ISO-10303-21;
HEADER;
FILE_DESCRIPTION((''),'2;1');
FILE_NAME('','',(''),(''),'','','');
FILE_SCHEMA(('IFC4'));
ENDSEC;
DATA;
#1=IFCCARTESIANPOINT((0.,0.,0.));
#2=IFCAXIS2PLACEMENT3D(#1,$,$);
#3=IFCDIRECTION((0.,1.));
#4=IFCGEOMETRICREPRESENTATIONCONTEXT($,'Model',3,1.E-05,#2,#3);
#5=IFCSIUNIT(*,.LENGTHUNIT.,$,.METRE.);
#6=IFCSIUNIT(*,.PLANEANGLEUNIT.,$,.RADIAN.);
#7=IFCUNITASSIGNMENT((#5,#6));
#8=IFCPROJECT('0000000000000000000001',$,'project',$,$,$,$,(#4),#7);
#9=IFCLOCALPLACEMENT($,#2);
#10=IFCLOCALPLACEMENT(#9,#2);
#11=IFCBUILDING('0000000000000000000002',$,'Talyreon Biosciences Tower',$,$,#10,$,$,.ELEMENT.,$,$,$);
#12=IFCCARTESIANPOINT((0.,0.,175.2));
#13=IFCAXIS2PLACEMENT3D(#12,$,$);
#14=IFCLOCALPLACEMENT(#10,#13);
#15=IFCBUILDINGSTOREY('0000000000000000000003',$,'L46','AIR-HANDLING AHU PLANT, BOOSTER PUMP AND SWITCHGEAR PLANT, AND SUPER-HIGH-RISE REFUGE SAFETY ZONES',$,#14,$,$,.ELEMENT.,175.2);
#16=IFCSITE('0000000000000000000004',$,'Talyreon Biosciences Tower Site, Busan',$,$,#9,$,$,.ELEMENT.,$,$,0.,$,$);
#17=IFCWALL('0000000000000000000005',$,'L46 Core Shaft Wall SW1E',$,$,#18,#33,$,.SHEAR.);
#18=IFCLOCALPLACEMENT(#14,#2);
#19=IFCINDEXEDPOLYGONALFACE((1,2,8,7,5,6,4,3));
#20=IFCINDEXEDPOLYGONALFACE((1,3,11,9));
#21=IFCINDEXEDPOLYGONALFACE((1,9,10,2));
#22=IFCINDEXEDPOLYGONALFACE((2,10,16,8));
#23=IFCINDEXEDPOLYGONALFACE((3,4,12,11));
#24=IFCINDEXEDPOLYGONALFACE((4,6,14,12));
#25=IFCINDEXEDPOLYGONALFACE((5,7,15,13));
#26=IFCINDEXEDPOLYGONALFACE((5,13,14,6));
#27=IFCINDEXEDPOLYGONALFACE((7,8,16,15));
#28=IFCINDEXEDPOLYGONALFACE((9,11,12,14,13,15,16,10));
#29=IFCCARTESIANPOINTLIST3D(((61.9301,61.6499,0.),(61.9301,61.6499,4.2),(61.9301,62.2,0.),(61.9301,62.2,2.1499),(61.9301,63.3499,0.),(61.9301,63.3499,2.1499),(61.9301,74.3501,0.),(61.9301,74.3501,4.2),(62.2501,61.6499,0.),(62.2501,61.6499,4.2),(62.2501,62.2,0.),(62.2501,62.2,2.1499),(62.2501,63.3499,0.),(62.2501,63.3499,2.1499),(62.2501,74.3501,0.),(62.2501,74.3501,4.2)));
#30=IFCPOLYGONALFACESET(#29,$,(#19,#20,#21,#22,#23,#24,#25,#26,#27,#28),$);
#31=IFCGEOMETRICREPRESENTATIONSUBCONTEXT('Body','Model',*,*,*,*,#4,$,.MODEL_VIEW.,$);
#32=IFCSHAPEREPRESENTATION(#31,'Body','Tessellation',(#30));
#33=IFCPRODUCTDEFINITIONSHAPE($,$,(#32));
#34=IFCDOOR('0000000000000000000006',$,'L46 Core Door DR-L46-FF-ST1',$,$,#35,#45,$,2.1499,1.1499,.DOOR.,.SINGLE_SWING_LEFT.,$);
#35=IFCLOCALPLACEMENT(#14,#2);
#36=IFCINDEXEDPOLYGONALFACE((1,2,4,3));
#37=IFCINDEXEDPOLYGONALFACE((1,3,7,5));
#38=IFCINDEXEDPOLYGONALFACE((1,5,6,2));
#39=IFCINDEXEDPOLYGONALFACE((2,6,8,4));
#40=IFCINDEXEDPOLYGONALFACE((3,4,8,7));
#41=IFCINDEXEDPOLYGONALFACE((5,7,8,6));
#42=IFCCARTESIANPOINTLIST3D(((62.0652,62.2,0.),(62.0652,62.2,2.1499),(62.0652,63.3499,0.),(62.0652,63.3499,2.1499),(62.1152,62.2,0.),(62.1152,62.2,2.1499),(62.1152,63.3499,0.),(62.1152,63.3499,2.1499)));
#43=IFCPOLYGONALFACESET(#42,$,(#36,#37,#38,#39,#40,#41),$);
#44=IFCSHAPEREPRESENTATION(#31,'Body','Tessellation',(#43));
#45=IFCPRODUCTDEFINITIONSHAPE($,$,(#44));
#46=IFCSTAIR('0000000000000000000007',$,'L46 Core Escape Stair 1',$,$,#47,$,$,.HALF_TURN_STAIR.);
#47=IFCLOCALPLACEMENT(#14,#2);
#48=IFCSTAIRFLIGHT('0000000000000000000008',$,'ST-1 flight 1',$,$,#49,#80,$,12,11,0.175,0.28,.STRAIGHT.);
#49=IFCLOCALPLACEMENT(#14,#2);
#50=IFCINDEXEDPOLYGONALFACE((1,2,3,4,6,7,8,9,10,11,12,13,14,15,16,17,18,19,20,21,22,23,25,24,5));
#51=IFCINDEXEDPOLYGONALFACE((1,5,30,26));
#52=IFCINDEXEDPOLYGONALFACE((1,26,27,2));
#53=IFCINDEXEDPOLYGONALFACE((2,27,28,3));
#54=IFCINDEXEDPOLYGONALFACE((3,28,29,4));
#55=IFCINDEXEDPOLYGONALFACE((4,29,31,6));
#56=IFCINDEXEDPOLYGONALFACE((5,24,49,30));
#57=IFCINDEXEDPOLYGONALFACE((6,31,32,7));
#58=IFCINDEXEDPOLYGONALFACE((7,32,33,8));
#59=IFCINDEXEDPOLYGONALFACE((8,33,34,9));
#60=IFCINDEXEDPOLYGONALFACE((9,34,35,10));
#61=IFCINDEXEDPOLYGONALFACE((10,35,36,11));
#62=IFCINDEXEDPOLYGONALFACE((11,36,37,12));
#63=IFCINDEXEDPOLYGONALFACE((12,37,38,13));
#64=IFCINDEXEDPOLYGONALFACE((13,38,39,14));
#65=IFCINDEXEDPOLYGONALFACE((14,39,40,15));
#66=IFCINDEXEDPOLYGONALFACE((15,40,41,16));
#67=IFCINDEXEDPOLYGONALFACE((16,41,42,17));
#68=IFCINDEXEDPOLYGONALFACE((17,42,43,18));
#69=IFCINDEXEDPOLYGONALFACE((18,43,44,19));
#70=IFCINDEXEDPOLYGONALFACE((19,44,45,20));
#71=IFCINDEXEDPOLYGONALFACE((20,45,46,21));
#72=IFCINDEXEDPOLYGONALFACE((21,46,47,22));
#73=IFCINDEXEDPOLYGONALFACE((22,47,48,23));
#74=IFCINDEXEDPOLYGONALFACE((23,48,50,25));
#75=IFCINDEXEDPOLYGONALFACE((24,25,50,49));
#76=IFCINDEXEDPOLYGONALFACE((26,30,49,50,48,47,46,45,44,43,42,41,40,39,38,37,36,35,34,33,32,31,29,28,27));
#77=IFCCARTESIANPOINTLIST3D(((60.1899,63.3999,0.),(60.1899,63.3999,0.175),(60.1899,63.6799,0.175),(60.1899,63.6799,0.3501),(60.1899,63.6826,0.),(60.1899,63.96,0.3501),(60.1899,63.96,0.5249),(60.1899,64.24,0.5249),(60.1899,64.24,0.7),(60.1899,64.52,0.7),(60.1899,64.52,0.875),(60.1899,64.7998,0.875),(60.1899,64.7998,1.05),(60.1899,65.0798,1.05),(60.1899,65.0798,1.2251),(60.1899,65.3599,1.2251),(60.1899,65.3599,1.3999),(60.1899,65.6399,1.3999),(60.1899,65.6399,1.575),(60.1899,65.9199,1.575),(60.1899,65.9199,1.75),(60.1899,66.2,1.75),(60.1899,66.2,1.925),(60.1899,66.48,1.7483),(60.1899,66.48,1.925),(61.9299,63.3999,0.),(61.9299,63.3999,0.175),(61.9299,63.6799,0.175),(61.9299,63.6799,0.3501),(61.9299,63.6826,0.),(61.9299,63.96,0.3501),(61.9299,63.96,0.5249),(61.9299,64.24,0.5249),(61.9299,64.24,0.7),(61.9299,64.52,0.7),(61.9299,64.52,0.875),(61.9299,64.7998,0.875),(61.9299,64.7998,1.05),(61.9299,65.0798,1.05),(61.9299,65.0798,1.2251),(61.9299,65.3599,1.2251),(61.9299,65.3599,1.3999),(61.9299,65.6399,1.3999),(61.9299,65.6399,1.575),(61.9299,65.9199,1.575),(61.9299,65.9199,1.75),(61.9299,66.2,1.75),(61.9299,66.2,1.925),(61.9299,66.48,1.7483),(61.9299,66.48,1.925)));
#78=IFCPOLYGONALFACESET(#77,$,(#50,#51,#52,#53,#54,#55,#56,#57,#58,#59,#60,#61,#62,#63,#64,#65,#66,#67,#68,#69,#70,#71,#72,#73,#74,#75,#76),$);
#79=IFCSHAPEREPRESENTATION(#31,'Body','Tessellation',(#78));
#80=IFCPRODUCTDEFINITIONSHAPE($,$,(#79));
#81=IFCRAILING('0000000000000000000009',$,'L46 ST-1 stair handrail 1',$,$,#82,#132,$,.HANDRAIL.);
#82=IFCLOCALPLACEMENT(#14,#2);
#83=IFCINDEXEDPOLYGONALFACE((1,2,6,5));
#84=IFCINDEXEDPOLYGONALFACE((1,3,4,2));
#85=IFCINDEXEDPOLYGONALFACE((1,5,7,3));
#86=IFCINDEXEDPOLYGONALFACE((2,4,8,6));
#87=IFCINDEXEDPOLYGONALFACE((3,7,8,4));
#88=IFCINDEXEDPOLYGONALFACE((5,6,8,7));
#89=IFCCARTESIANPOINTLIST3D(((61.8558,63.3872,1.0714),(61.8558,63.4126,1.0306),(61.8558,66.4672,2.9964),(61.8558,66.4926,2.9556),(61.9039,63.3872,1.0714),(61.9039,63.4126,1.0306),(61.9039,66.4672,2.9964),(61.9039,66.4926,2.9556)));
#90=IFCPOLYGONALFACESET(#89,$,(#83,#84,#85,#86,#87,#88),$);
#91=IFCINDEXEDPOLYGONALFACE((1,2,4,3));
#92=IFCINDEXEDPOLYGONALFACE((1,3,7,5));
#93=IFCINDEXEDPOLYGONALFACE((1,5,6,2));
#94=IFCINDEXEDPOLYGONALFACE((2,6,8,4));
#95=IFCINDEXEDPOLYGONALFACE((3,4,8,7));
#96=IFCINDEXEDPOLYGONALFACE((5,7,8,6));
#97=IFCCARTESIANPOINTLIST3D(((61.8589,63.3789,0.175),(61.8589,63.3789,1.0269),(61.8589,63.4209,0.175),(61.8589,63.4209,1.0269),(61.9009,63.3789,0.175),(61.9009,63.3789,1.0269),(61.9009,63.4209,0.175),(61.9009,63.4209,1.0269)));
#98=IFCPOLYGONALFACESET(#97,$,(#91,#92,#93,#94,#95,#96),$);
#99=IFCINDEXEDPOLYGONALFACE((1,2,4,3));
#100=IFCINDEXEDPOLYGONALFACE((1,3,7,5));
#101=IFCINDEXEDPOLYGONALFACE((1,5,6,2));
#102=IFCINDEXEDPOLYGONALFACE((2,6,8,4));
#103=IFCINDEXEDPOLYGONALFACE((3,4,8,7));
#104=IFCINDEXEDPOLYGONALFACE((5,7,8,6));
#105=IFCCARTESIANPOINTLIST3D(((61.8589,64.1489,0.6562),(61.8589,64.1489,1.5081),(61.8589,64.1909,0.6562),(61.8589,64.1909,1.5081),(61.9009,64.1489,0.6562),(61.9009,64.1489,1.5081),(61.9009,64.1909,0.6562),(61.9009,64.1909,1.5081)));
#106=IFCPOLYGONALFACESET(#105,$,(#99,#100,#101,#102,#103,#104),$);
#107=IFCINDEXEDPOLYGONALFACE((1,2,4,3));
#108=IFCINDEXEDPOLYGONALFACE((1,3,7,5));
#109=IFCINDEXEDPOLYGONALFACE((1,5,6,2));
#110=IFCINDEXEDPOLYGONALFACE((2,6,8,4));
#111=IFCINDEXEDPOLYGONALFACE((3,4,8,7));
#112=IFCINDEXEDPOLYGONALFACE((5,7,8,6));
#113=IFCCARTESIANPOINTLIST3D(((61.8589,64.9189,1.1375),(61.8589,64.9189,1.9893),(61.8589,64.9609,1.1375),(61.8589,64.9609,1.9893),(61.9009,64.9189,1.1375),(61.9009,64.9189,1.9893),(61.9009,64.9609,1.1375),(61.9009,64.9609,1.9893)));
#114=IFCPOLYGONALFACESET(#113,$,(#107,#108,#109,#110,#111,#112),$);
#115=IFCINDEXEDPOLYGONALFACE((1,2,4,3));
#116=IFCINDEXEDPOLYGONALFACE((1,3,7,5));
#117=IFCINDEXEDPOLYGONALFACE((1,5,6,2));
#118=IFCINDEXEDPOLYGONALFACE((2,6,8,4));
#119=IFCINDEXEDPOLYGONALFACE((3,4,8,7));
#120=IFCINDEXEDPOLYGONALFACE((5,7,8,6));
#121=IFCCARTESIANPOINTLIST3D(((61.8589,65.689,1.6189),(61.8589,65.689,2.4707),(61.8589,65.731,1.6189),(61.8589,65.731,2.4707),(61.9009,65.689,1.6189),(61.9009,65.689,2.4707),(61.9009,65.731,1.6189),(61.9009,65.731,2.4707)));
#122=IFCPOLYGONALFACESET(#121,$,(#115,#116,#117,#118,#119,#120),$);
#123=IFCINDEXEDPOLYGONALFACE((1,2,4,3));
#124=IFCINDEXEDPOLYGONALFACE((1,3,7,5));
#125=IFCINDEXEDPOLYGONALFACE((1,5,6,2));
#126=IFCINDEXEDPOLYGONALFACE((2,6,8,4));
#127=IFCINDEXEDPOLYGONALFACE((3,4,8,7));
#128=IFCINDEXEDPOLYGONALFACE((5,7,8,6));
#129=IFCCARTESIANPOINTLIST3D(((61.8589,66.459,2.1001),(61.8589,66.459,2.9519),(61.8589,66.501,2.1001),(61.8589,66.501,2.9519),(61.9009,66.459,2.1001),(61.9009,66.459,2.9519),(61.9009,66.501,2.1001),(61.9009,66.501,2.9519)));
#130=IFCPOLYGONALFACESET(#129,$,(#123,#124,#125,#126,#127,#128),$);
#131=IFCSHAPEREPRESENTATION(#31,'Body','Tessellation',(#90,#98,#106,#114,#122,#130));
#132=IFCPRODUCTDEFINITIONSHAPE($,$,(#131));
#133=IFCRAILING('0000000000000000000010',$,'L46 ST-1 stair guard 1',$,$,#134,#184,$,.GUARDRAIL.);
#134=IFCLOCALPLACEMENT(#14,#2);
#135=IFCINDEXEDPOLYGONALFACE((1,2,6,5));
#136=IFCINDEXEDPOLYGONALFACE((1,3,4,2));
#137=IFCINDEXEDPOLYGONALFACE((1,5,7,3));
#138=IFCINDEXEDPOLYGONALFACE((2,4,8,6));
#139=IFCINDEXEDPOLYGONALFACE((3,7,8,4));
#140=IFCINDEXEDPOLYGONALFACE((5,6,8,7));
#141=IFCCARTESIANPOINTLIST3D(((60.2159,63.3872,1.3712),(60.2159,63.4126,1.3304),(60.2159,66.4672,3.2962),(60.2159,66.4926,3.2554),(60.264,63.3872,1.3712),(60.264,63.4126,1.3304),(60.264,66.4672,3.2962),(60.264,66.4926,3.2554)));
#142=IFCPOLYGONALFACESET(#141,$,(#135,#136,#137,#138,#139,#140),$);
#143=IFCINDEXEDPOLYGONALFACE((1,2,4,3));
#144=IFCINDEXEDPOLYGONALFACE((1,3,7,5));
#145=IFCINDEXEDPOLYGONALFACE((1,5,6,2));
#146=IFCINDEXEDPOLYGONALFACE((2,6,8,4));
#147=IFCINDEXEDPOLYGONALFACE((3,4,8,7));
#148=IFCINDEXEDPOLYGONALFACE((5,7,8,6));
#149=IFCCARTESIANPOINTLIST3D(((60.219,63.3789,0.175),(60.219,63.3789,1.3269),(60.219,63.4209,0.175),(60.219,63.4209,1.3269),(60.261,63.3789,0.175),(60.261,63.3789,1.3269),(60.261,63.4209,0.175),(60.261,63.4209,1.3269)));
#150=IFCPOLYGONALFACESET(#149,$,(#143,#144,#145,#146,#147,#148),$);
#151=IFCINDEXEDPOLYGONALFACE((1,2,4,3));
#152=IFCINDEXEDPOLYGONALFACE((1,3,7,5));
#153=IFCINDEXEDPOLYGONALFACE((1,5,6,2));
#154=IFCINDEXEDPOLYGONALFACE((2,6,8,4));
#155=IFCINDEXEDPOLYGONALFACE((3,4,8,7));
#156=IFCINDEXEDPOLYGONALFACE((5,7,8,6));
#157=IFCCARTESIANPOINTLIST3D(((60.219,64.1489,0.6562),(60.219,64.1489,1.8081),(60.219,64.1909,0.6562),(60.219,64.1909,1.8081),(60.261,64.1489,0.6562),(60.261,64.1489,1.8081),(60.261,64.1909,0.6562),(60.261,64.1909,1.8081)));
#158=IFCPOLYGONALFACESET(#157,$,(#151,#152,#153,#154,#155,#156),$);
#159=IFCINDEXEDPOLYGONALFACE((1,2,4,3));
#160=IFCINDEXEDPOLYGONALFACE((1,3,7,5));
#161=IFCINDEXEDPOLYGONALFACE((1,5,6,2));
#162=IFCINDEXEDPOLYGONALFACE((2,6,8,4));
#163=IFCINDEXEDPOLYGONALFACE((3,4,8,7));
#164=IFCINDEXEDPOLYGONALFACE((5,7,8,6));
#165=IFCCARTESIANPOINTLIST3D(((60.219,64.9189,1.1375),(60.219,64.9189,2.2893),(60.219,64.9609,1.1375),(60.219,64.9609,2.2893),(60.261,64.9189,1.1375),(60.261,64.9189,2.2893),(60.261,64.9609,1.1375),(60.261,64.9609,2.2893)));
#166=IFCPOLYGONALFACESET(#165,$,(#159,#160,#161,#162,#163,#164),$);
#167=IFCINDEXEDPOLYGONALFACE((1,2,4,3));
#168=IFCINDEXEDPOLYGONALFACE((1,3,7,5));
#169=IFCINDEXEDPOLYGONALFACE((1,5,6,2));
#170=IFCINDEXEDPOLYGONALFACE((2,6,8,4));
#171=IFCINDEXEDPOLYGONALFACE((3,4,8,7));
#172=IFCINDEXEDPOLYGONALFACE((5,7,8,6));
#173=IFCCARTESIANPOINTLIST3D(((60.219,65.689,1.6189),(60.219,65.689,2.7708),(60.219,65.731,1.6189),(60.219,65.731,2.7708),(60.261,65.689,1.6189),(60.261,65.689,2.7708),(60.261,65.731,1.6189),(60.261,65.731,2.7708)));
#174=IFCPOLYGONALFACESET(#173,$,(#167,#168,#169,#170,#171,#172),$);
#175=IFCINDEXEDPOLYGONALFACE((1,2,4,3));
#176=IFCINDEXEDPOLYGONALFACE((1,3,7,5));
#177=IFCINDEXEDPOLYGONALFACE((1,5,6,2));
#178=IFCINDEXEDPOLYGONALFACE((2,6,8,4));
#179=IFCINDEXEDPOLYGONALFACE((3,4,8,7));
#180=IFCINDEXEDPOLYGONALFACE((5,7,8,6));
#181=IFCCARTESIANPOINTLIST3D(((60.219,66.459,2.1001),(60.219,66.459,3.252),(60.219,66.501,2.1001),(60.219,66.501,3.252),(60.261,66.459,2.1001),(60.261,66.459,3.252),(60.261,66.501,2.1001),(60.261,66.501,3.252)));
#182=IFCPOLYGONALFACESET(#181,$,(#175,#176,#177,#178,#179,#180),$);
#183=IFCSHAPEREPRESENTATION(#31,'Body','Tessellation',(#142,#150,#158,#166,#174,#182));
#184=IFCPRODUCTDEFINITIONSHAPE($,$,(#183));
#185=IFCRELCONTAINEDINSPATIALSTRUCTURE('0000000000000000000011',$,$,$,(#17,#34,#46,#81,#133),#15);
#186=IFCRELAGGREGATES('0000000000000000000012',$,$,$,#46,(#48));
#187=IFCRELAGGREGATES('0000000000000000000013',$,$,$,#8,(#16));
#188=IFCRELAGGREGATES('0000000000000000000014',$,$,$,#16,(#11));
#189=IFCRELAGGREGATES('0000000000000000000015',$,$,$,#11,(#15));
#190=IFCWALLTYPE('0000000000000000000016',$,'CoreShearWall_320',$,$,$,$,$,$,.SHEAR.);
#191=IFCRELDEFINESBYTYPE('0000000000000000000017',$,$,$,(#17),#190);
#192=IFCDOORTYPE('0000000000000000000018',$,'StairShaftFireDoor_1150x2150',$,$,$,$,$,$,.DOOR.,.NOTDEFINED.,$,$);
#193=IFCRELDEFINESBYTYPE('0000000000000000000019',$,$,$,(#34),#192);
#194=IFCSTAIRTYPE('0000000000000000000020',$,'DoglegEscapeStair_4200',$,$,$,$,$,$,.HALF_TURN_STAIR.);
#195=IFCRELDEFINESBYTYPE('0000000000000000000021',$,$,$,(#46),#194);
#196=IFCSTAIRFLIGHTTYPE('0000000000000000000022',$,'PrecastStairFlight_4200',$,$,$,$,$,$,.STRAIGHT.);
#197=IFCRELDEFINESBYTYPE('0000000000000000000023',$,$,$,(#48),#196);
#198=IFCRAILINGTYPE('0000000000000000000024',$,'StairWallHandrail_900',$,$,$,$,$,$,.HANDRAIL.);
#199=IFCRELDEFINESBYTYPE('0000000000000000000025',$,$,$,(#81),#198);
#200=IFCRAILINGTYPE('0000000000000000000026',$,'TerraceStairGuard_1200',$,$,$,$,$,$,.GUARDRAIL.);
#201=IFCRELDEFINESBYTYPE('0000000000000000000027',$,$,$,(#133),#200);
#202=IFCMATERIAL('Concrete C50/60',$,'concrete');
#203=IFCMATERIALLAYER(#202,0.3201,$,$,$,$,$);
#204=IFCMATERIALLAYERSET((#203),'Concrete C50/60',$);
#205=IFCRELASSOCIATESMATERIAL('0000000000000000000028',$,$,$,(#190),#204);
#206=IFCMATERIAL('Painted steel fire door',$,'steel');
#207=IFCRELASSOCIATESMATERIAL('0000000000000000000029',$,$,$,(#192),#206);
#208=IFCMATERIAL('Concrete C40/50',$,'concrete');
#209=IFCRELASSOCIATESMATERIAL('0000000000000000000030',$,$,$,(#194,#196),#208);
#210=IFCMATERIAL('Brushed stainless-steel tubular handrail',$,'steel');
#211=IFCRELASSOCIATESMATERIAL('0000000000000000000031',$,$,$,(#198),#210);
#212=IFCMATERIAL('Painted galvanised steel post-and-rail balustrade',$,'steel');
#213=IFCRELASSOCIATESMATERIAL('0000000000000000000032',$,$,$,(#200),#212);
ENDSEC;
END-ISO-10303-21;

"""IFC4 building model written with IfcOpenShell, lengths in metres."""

from ifc_helpers import new_model, si_unit, direction, frame, frame_2d, origin, origin_2d, place, context, subcontext, project, spatial, polyline, rectangle, outline, extrude, material, layer, layer_set, type_object, element, fill, aggregate, save


model = new_model("IFC4")

# Units and contexts
model_context = context("Model", 3, precision=1e-05, world=origin(), true_north=direction((0.0, 1.0)))
body_context = subcontext(model_context, "Body", "Model", "MODEL_VIEW")
ifc_project = project(units=[si_unit("LENGTHUNIT", "METRE"), si_unit("PLANEANGLEUNIT", "RADIAN")], contexts=[model_context])

# Site, building, storey
site_placement = place(None, origin())
site = spatial("IfcSite", under=ifc_project, at=site_placement, Name="Talyreon Biosciences Tower Site, Busan", CompositionType="ELEMENT", RefElevation=0.0)
building_placement = place(site_placement, origin())
building = spatial("IfcBuilding", under=site, at=building_placement, Name="Talyreon Biosciences Tower", CompositionType="ELEMENT")
storey_placement = place(building_placement, frame((0.0, 0.0, 175.2)))
storey = spatial("IfcBuildingStorey", under=building, at=storey_placement, Name="L46", Description="AIR-HANDLING AHU PLANT, BOOSTER PUMP AND SWITCHGEAR PLANT, AND SUPER-HIGH-RISE REFUGE SAFETY ZONES", CompositionType="ELEMENT", Elevation=175.2)

# Shared definitions
ifc_material_1 = material(Name="Concrete C50/60", Category="concrete")

# Wall, opening, door
ifc_layer_1 = layer(ifc_material_1, 0.3201)
ifc_layer_set_1 = layer_set([ifc_layer_1], Name="Concrete C50/60")
wall_type_1 = type_object("IfcWallType", Name="CoreShearWall_320", PredefinedType="SHEAR", material=ifc_layer_set_1)
wall_1_placement = place(storey_placement, frame((62.0901, 61.6499, 0.0), z_axis=(0.0, 0.0, 1.0), x_axis=(0.0, 1.0, 0.0)))
wall_1 = element("IfcWall", 1, at=wall_1_placement, inside=storey, type_object=wall_type_1, Name="L46 Core Shaft Wall SW1E", PredefinedType="SHEAR", context=body_context, shape_type="SweptSolid", body=[
    extrude(rectangle(XDim=12.7002, YDim=0.3201, at=frame_2d((6.3501, 0.0))), origin(), (0.0, 0.0, 1.0), 4.2),
])
opening_1_placement = place(wall_1_placement, frame((0.55, 0.0, 0.0)))
opening_1 = element("IfcOpeningElement", 2, at=opening_1_placement, cuts=wall_1, PredefinedType="OPENING", context=body_context, shape_type="SweptSolid", body=[
    extrude(rectangle(XDim=1.1499, YDim=2.1499, at=frame_2d((0.575, 1.075))), frame((0.0, 0.1699, 0.0), z_axis=(0.0, -1.0, 0.0), x_axis=(1.0, 0.0, 0.0)), (0.0, 0.0, 1.0), 0.3401),
])
ifc_material_2 = material(Name="Painted steel fire door", Category="steel")
door_type_1 = type_object("IfcDoorType", Name="StairShaftFireDoor_1150x2150", OperationType="NOTDEFINED", PredefinedType="DOOR", material=ifc_material_2)
door_1_placement = place(opening_1_placement, origin())
door_1 = element("IfcDoor", 3, at=door_1_placement, inside=storey, type_object=door_type_1, Name="L46 Core Door DR-L46-FF-ST1", OperationType="SINGLE_SWING_LEFT", OverallHeight=2.1499, OverallWidth=1.1499, PredefinedType="DOOR", context=body_context, shape_type="SweptSolid", body=[
    extrude(rectangle(XDim=1.1499, YDim=2.1499, at=frame_2d((0.575, 1.075))), frame((0.0, 0.0249, 0.0), z_axis=(0.0, -1.0, 0.0), x_axis=(1.0, 0.0, 0.0)), (0.0, 0.0, 1.0), 0.05),
])
fill(opening_1, door_1)

# Stair, stair flight
ifc_material_3 = material(Name="Concrete C40/50", Category="concrete")
stair_type = type_object("IfcStairType", Name="DoglegEscapeStair_4200", PredefinedType="HALF_TURN_STAIR", material=ifc_material_3)
stair_placement = place(storey_placement, origin())
stair = element("IfcStair", 4, at=stair_placement, inside=storey, type_object=stair_type, Name="L46 Core Escape Stair 1", PredefinedType="HALF_TURN_STAIR")
stair_flight_type = type_object("IfcStairFlightType", Name="PrecastStairFlight_4200", PredefinedType="STRAIGHT", material=ifc_material_3)
stair_flight_placement = place(storey_placement, frame((61.0601, 63.3999, 0.0), z_axis=(0.0, 0.0, 1.0), x_axis=(0.0, 1.0, 0.0)))
stair_flight = element("IfcStairFlight", 5, at=stair_flight_placement, type_object=stair_flight_type, Name="ST-1 flight 1", NumberOfRisers=12, NumberOfTreads=11, PredefinedType="STRAIGHT", RiserHeight=0.175, TreadLength=0.28, context=body_context, shape_type="SweptSolid", body=[
    extrude(outline(polyline([(0.0, 0.0), (0.0, 0.175), (0.28, 0.175), (0.28, 0.3501), (0.5601, 0.3501), (0.5601, 0.5249), (0.8401, 0.5249), (0.8401, 0.7), (1.1201, 0.7), (1.1201, 0.875), (1.3999, 0.875), (1.3999, 1.05), (1.6799, 1.05), (1.6799, 1.2251), (1.96, 1.2251), (1.96, 1.3999), (2.24, 1.3999), (2.24, 1.575), (2.52, 1.575), (2.52, 1.75), (2.8, 1.75), (2.8, 1.925), (3.0801, 1.925), (3.0801, 2.1001), (3.0801, 1.7483), (0.2827, 0.0), (0.0, 0.0)])), frame((0.0, 0.8701, 0.0), z_axis=(0.0, -1.0, 0.0), x_axis=(1.0, 0.0, 0.0)), (0.0, 0.0, 1.0), 1.74),
])
aggregate(stair, [stair_flight])

# Railings
ifc_material_4 = material(Name="Brushed stainless-steel tubular handrail", Category="steel")
railing_type_1 = type_object("IfcRailingType", Name="StairWallHandrail_900", PredefinedType="HANDRAIL", material=ifc_material_4)
railing_1_placement = place(storey_placement, frame((61.8799, 63.3999, 0.175)))
element("IfcRailing", 6, at=railing_1_placement, inside=storey, type_object=railing_type_1, Name="L46 ST-1 stair handrail 1", PredefinedType="HANDRAIL", context=body_context, shape_type="SweptSolid", body=[
    extrude(rectangle(XDim=0.0481, YDim=0.0481, at=origin_2d()), frame((0.0, 0.0, 0.876), z_axis=(0.0, 0.847998, 0.529999), x_axis=(-1.0, 0.0, 0.0)), (0.0, 0.0, 1.0), 3.6321),
    extrude(rectangle(XDim=0.042, YDim=0.042, at=origin_2d()), origin(), (0.0, 0.0, 1.0), 0.8518),
    extrude(rectangle(XDim=0.042, YDim=0.042, at=origin_2d()), frame((0.0, 0.77, 0.4812)), (0.0, 0.0, 1.0), 0.8518),
    extrude(rectangle(XDim=0.042, YDim=0.042, at=origin_2d()), frame((0.0, 1.54, 0.9624)), (0.0, 0.0, 1.0), 0.8518),
    extrude(rectangle(XDim=0.042, YDim=0.042, at=origin_2d()), frame((0.0, 2.3101, 1.4438)), (0.0, 0.0, 1.0), 0.8518),
    extrude(rectangle(XDim=0.042, YDim=0.042, at=origin_2d()), frame((0.0, 3.0801, 1.925)), (0.0, 0.0, 1.0), 0.8518),
])
ifc_material_5 = material(Name="Painted galvanised steel post-and-rail balustrade", Category="steel")
railing_type_2 = type_object("IfcRailingType", Name="TerraceStairGuard_1200", PredefinedType="GUARDRAIL", material=ifc_material_5)
railing_2_placement = place(storey_placement, frame((60.24, 63.3999, 0.175)))
element("IfcRailing", 7, at=railing_2_placement, inside=storey, type_object=railing_type_2, Name="L46 ST-1 stair guard 1", PredefinedType="GUARDRAIL", context=body_context, shape_type="SweptSolid", body=[
    extrude(rectangle(XDim=0.0481, YDim=0.0481, at=origin_2d()), frame((0.0, 0.0, 1.1758), z_axis=(0.0, 0.847998, 0.529999), x_axis=(-1.0, 0.0, 0.0)), (0.0, 0.0, 1.0), 3.6321),
    extrude(rectangle(XDim=0.042, YDim=0.042, at=origin_2d()), origin(), (0.0, 0.0, 1.0), 1.1519),
    extrude(rectangle(XDim=0.042, YDim=0.042, at=origin_2d()), frame((0.0, 0.77, 0.4812)), (0.0, 0.0, 1.0), 1.1519),
    extrude(rectangle(XDim=0.042, YDim=0.042, at=origin_2d()), frame((0.0, 1.54, 0.9624)), (0.0, 0.0, 1.0), 1.1519),
    extrude(rectangle(XDim=0.042, YDim=0.042, at=origin_2d()), frame((0.0, 2.3101, 1.4438)), (0.0, 0.0, 1.0), 1.1519),
    extrude(rectangle(XDim=0.042, YDim=0.042, at=origin_2d()), frame((0.0, 3.0801, 1.925)), (0.0, 0.0, 1.0), 1.1519),
])

save(model, "model.ifc")
